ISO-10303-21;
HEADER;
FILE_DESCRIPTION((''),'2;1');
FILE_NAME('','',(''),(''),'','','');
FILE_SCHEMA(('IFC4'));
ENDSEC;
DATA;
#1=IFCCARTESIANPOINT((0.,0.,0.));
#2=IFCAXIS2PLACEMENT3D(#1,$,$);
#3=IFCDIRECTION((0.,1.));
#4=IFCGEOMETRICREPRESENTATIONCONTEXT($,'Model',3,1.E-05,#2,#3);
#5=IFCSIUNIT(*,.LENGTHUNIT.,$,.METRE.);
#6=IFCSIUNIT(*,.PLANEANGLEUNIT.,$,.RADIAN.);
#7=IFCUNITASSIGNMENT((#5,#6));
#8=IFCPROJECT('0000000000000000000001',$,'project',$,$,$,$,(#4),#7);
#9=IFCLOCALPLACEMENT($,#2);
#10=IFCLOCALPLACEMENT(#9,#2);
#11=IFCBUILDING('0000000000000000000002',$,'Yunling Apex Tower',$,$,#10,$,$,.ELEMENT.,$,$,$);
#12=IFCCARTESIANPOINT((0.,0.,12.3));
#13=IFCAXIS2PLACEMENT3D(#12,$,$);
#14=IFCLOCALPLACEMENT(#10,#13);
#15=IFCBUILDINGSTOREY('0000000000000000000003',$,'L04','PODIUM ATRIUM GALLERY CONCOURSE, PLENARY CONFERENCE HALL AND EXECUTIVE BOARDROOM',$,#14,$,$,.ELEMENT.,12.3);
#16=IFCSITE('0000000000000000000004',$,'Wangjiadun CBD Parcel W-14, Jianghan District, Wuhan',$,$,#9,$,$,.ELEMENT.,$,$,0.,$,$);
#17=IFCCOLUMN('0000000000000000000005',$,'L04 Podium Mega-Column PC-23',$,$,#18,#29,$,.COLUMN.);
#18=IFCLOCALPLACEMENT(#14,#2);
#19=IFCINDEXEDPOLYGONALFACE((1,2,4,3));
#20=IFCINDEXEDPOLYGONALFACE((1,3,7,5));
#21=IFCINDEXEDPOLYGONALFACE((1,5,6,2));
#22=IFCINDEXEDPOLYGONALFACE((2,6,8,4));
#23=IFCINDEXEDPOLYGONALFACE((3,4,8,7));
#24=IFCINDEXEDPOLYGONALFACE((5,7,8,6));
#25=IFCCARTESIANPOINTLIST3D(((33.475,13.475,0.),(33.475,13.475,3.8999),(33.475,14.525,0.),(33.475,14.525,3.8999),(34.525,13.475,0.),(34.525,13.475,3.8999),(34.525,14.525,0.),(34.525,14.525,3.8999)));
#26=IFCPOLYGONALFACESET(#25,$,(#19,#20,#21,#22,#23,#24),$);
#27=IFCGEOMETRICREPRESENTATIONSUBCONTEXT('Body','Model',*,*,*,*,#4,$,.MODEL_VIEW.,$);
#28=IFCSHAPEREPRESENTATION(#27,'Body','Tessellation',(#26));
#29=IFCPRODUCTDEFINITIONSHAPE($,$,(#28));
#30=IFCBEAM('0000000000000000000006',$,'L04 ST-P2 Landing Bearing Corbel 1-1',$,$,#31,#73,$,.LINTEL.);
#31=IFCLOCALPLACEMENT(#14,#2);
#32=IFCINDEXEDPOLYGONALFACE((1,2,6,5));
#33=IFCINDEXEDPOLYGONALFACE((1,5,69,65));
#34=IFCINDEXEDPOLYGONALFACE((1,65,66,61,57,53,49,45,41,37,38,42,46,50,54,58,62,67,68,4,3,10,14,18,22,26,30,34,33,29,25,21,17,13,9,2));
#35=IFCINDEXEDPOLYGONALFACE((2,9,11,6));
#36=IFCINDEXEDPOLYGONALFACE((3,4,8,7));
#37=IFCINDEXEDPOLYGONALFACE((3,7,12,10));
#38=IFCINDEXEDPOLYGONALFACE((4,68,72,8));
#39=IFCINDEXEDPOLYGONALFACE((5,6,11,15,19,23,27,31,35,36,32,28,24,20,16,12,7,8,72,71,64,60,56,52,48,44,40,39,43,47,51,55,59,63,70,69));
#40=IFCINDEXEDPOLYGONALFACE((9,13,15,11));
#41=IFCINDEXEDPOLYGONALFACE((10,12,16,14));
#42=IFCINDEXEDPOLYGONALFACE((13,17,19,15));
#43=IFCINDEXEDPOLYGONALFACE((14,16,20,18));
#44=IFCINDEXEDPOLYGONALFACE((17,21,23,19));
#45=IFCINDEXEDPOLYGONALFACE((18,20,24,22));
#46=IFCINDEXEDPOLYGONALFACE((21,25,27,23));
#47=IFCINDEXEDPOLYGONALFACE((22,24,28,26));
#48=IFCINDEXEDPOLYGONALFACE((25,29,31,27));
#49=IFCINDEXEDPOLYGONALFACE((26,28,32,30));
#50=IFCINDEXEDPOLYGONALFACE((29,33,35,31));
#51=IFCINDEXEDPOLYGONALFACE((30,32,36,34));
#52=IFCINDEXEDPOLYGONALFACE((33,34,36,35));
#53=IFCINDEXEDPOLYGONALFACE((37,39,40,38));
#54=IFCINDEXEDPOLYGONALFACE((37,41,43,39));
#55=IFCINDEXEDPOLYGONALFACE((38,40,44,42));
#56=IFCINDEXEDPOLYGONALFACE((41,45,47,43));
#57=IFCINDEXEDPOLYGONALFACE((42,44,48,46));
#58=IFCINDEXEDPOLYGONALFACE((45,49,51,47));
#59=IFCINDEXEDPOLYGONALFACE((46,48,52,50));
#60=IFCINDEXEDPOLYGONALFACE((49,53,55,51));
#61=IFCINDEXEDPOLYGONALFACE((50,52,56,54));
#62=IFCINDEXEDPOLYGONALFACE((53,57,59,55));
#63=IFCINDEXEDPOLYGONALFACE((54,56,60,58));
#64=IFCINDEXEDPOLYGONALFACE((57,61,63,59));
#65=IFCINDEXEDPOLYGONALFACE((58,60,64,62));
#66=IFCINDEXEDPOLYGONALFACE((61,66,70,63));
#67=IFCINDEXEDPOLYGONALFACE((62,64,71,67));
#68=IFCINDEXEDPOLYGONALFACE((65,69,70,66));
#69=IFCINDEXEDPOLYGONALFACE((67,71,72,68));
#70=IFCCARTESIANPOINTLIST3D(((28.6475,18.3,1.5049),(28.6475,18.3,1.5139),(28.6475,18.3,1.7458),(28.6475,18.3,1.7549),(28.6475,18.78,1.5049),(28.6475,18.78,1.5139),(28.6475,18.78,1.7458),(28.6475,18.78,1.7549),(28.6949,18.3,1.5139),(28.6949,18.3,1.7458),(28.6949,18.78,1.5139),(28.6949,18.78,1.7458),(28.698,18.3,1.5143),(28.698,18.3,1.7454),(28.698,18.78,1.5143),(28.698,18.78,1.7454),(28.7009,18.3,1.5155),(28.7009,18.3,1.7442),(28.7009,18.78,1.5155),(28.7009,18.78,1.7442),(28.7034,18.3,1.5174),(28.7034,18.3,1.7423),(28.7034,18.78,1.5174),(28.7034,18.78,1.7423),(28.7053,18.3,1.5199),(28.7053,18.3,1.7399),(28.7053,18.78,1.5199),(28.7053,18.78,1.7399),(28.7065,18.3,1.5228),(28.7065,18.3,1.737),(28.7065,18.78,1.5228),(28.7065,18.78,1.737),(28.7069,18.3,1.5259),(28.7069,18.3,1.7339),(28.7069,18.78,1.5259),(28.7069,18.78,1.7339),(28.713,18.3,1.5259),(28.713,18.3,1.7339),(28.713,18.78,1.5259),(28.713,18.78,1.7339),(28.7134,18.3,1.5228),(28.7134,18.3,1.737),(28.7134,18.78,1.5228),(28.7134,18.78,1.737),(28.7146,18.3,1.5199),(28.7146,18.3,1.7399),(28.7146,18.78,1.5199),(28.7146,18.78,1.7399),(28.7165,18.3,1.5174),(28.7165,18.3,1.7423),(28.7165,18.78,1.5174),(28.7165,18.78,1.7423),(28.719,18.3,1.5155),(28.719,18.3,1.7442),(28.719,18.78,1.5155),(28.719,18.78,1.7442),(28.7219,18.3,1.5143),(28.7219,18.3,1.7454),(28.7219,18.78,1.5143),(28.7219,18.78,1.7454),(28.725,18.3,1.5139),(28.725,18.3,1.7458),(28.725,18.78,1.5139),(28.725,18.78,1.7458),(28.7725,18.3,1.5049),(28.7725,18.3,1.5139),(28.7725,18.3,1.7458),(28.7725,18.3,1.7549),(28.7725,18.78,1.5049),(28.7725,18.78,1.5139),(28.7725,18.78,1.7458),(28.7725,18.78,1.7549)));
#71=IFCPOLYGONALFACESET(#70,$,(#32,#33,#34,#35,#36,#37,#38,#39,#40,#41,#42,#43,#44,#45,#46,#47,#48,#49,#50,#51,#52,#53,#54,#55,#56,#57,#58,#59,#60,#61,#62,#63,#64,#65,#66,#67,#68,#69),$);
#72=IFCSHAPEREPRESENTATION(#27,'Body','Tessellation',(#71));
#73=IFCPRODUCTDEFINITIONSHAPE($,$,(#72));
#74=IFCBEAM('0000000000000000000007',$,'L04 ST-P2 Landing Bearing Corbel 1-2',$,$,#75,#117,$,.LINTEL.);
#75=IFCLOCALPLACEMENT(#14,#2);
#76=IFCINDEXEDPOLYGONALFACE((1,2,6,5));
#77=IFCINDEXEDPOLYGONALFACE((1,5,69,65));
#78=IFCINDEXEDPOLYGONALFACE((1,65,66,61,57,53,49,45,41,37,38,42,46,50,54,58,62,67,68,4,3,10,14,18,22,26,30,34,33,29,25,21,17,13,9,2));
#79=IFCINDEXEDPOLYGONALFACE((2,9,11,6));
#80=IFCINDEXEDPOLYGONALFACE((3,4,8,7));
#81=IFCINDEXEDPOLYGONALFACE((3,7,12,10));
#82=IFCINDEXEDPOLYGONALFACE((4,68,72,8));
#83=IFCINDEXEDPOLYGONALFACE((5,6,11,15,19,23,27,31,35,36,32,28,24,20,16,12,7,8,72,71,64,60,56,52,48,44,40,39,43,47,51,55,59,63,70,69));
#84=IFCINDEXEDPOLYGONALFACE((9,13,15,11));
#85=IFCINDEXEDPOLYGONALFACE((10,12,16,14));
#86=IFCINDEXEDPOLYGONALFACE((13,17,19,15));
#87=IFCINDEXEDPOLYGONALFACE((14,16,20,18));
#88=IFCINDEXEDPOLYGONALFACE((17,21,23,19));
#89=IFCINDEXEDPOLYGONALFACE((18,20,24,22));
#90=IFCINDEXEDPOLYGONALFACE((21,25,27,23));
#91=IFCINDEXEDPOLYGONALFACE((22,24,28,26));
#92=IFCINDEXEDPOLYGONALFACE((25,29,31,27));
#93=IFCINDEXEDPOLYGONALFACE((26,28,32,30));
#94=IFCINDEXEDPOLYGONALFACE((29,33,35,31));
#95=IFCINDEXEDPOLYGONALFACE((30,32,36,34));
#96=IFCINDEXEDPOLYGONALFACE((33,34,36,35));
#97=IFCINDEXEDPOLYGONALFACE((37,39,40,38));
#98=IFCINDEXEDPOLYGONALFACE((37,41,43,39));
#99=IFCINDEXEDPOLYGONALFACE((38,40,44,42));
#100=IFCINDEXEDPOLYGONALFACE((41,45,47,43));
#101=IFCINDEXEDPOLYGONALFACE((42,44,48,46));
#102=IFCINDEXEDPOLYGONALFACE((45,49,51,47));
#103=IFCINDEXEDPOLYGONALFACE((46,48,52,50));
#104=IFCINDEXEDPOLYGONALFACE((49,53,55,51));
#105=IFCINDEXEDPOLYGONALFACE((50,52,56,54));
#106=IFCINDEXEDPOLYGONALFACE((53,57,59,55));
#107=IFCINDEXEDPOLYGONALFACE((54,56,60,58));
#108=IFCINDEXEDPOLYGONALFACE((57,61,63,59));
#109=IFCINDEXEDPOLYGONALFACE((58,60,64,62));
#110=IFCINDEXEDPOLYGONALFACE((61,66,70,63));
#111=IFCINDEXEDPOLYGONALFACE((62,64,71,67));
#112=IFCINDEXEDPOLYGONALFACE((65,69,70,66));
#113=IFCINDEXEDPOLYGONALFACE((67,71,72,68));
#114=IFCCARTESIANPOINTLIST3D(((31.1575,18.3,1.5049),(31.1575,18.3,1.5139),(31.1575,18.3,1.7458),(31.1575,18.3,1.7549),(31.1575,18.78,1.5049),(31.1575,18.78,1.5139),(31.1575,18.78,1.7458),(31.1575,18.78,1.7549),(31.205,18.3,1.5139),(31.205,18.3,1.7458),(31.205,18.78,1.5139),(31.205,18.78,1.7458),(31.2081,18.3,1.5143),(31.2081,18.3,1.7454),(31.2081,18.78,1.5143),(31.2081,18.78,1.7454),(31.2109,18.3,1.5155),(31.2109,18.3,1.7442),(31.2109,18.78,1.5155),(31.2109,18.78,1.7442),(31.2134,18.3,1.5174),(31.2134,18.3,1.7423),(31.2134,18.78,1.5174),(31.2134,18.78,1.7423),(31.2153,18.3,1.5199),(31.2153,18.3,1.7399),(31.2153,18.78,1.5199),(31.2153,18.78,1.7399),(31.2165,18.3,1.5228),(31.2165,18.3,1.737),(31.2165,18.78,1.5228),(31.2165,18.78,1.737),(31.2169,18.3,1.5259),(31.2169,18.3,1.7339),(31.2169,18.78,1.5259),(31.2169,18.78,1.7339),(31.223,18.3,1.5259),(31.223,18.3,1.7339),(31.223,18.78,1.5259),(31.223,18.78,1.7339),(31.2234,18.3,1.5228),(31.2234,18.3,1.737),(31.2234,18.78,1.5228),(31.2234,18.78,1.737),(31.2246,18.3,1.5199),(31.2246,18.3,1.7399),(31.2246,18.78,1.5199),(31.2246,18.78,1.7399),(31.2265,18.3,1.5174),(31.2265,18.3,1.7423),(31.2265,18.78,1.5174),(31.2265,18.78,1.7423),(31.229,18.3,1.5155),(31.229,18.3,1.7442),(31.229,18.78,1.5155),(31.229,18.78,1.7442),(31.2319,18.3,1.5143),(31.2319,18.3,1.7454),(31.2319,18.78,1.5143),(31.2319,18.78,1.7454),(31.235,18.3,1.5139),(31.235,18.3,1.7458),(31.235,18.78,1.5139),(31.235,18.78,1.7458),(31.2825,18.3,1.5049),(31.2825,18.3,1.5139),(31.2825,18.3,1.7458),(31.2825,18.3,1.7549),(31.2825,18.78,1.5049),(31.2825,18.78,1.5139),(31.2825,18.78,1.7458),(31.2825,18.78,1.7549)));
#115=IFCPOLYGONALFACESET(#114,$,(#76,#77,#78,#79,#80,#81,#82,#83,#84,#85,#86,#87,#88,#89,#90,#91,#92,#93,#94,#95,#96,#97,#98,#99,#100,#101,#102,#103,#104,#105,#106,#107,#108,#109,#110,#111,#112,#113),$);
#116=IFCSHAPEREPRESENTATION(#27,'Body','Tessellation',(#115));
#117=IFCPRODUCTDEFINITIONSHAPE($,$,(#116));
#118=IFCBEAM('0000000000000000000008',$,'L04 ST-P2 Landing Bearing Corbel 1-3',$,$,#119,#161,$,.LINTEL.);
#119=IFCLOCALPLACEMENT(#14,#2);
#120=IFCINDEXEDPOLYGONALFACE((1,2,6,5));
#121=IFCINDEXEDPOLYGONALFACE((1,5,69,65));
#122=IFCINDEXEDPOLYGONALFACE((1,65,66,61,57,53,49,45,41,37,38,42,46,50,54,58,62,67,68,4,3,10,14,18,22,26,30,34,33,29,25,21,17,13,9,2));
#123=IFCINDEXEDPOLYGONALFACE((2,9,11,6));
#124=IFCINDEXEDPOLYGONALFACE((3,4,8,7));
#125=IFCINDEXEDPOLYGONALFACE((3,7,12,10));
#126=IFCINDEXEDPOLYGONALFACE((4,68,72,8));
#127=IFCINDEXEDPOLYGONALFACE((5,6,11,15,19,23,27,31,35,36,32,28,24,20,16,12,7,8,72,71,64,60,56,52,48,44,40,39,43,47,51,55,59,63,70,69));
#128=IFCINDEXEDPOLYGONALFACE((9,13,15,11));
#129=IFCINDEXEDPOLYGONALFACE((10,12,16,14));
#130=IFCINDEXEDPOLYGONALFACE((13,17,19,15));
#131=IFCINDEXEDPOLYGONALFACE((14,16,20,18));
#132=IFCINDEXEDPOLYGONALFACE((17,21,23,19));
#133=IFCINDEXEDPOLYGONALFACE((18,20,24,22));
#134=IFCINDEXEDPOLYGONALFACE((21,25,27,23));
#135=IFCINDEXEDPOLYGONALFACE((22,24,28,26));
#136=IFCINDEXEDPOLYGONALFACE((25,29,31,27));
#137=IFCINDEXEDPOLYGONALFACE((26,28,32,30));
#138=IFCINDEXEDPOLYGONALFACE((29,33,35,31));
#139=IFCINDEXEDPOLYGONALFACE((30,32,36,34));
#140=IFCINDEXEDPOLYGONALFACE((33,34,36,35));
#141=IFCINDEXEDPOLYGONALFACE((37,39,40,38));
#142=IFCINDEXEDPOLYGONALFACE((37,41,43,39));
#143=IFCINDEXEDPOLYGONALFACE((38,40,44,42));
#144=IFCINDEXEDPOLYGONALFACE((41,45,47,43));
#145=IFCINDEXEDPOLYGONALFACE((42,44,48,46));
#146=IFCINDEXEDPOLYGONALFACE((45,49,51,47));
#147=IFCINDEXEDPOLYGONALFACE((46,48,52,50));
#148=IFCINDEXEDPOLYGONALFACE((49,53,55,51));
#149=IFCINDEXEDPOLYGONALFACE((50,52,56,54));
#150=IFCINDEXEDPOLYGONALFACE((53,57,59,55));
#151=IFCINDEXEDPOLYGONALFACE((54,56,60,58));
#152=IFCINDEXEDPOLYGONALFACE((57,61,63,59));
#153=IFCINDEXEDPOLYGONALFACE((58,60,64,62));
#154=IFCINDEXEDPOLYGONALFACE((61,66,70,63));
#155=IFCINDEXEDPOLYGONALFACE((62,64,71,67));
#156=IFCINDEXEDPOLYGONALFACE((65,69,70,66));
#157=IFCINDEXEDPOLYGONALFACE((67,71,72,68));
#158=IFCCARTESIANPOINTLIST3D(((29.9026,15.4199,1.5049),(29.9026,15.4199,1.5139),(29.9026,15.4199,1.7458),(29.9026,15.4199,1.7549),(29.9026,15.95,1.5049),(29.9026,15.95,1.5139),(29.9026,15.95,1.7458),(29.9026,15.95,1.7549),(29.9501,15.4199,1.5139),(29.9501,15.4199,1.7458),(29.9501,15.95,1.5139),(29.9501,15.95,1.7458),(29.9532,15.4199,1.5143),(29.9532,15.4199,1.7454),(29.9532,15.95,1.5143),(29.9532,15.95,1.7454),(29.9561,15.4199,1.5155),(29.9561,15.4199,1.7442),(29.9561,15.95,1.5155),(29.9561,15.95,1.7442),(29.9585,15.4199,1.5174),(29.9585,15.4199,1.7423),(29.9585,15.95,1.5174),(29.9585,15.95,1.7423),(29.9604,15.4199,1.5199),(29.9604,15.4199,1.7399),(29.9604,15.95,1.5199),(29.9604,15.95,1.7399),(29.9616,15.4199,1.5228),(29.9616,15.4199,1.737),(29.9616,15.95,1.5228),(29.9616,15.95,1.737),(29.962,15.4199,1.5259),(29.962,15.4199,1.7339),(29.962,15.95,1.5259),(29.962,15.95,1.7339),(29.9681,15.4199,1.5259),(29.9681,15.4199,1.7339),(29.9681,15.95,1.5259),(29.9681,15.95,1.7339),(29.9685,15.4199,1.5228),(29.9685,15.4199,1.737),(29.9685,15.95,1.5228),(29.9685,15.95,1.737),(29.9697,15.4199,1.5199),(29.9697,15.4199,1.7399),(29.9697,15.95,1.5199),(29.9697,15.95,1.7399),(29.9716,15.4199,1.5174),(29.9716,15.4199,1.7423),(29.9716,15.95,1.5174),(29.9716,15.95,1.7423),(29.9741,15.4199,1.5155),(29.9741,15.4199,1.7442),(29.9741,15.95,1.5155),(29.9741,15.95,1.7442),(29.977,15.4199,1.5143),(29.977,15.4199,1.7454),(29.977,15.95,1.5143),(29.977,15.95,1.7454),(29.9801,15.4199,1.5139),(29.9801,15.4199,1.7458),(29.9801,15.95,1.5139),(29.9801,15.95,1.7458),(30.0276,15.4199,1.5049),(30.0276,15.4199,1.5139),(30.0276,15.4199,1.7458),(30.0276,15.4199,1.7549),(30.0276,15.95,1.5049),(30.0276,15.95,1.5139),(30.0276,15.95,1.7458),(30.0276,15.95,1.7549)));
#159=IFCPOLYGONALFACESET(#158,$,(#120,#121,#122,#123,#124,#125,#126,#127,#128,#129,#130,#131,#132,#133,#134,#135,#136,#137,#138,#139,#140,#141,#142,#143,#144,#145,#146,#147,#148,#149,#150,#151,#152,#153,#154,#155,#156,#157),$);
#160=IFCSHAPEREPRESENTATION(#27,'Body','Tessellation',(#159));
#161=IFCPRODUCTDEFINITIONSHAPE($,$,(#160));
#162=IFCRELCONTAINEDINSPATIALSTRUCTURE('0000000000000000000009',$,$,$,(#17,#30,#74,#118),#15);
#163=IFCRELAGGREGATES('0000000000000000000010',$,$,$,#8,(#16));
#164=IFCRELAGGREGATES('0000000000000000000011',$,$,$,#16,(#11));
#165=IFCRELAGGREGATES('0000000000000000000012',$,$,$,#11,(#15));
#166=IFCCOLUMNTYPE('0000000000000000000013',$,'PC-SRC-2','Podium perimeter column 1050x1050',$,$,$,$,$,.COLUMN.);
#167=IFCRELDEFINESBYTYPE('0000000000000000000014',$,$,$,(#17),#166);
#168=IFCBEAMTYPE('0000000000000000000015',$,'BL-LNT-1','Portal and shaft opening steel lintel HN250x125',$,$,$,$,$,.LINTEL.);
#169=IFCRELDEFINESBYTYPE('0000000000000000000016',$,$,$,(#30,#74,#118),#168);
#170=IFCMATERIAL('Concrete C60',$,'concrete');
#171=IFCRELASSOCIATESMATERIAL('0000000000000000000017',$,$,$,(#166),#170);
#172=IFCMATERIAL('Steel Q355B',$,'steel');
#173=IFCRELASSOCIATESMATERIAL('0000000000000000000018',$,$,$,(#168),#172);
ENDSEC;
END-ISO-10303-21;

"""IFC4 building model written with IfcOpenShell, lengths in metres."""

from ifc_helpers import new_model, si_unit, direction, frame, origin, origin_2d, place, context, subcontext, project, spatial, rectangle, i_section, extrude, source, transform, mapped, material, material_profile, profile_set, type_object, element, save


model = new_model("IFC4")

# Units and contexts
model_context = context("Model", 3, precision=1e-05, world=origin(), true_north=direction((0.0, 1.0)))
body_context = subcontext(model_context, "Body", "Model", "MODEL_VIEW")
ifc_project = project(units=[si_unit("LENGTHUNIT", "METRE"), si_unit("PLANEANGLEUNIT", "RADIAN")], contexts=[model_context])

# Site, building, storey
site_placement = place(None, origin())
site = spatial("IfcSite", under=ifc_project, at=site_placement, Name="Wangjiadun CBD Parcel W-14, Jianghan District, Wuhan", CompositionType="ELEMENT", RefElevation=0.0)
building_placement = place(site_placement, origin())
building = spatial("IfcBuilding", under=site, at=building_placement, Name="Yunling Apex Tower", CompositionType="ELEMENT")
storey_placement = place(building_placement, frame((0.0, 0.0, 12.3)))
storey = spatial("IfcBuildingStorey", under=building, at=storey_placement, Name="L04", Description="PODIUM ATRIUM GALLERY CONCOURSE, PLENARY CONFERENCE HALL AND EXECUTIVE BOARDROOM", CompositionType="ELEMENT", Elevation=12.3)

# Column
ifc_material_1 = material(Name="Concrete C60", Category="concrete")
ifc_material_profile_1 = material_profile(ifc_material_1, rectangle(XDim=1.05, YDim=1.05, at=origin_2d()))
ifc_profile_set_1 = profile_set([ifc_material_profile_1], Name="Concrete C60")
column_type = type_object("IfcColumnType", Name="PC-SRC-2", Description="Podium perimeter column 1050x1050", PredefinedType="COLUMN", material=ifc_profile_set_1)
shared_shape_1 = source(origin(), body_context, "Body", "SweptSolid", [
    extrude(rectangle(XDim=1.05, YDim=1.05, at=origin_2d()), origin(), (0.0, 0.0, 1.0), 3.8999),
])
column_placement = place(storey_placement, frame((34.0, 14.0, 0.0), z_axis=(0.0, 0.0, 1.0), x_axis=(1.0, 0.0, 0.0)))
element("IfcColumn", 1, at=column_placement, inside=storey, type_object=column_type, Name="L04 Podium Mega-Column PC-23", PredefinedType="COLUMN", context=body_context, shape_type="MappedRepresentation", body=[
    mapped(shared_shape_1, transform((0.0, 0.0, 0.0), scale=1.0)),
])

# Beams
ifc_material_2 = material(Name="Steel Q355B", Category="steel")
ifc_material_profile_2 = material_profile(ifc_material_2, i_section(OverallWidth=0.125, OverallDepth=0.25, WebThickness=0.0061, FlangeThickness=0.009, FilletRadius=0.012, at=origin_2d()))
ifc_profile_set_2 = profile_set([ifc_material_profile_2], Name="Steel Q355B")
beam_type_1 = type_object("IfcBeamType", Name="BL-LNT-1", Description="Portal and shaft opening steel lintel HN250x125", PredefinedType="LINTEL", material=ifc_profile_set_2)
shared_shape_2 = source(origin(), body_context, "Body", "SweptSolid", [
    extrude(i_section(OverallWidth=0.125, OverallDepth=0.25, WebThickness=0.0061, FlangeThickness=0.009, FilletRadius=0.012, at=origin_2d()), origin(), (0.0, 0.0, 1.0), 0.48),
])
for number, where, z_axis, x_axis, name in (
    (2, (28.71, 18.78, 1.6299), (0.0, -1.0, 0.0), (1.0, 0.0, 0.0), "L04 ST-P2 Landing Bearing Corbel 1-1"),
    (3, (31.22, 18.78, 1.6299), (0.0, -1.0, 0.0), (1.0, 0.0, 0.0), "L04 ST-P2 Landing Bearing Corbel 1-2"),
):
    element("IfcBeam", number, at=place(storey_placement, frame(where, z_axis=z_axis, x_axis=x_axis)), inside=storey, type_object=beam_type_1, Name=name, PredefinedType="LINTEL", context=body_context, shape_type="MappedRepresentation", body=[
        mapped(shared_shape_2, transform((0.0, 0.0, 0.0), scale=1.0)),
    ])
shared_shape_3 = source(origin(), body_context, "Body", "SweptSolid", [
    extrude(i_section(OverallWidth=0.125, OverallDepth=0.25, WebThickness=0.0061, FlangeThickness=0.009, FilletRadius=0.012, at=origin_2d()), origin(), (0.0, 0.0, 1.0), 0.53),
])
beam_1_placement = place(storey_placement, frame((29.9651, 15.4199, 1.6299), z_axis=(0.0, 1.0, 0.0), x_axis=(-1.0, 0.0, 0.0)))
element("IfcBeam", 4, at=beam_1_placement, inside=storey, type_object=beam_type_1, Name="L04 ST-P2 Landing Bearing Corbel 1-3", PredefinedType="LINTEL", context=body_context, shape_type="MappedRepresentation", body=[
    mapped(shared_shape_3, transform((0.0, 0.0, 0.0), scale=1.0)),
])

save(model, "model.ifc")
